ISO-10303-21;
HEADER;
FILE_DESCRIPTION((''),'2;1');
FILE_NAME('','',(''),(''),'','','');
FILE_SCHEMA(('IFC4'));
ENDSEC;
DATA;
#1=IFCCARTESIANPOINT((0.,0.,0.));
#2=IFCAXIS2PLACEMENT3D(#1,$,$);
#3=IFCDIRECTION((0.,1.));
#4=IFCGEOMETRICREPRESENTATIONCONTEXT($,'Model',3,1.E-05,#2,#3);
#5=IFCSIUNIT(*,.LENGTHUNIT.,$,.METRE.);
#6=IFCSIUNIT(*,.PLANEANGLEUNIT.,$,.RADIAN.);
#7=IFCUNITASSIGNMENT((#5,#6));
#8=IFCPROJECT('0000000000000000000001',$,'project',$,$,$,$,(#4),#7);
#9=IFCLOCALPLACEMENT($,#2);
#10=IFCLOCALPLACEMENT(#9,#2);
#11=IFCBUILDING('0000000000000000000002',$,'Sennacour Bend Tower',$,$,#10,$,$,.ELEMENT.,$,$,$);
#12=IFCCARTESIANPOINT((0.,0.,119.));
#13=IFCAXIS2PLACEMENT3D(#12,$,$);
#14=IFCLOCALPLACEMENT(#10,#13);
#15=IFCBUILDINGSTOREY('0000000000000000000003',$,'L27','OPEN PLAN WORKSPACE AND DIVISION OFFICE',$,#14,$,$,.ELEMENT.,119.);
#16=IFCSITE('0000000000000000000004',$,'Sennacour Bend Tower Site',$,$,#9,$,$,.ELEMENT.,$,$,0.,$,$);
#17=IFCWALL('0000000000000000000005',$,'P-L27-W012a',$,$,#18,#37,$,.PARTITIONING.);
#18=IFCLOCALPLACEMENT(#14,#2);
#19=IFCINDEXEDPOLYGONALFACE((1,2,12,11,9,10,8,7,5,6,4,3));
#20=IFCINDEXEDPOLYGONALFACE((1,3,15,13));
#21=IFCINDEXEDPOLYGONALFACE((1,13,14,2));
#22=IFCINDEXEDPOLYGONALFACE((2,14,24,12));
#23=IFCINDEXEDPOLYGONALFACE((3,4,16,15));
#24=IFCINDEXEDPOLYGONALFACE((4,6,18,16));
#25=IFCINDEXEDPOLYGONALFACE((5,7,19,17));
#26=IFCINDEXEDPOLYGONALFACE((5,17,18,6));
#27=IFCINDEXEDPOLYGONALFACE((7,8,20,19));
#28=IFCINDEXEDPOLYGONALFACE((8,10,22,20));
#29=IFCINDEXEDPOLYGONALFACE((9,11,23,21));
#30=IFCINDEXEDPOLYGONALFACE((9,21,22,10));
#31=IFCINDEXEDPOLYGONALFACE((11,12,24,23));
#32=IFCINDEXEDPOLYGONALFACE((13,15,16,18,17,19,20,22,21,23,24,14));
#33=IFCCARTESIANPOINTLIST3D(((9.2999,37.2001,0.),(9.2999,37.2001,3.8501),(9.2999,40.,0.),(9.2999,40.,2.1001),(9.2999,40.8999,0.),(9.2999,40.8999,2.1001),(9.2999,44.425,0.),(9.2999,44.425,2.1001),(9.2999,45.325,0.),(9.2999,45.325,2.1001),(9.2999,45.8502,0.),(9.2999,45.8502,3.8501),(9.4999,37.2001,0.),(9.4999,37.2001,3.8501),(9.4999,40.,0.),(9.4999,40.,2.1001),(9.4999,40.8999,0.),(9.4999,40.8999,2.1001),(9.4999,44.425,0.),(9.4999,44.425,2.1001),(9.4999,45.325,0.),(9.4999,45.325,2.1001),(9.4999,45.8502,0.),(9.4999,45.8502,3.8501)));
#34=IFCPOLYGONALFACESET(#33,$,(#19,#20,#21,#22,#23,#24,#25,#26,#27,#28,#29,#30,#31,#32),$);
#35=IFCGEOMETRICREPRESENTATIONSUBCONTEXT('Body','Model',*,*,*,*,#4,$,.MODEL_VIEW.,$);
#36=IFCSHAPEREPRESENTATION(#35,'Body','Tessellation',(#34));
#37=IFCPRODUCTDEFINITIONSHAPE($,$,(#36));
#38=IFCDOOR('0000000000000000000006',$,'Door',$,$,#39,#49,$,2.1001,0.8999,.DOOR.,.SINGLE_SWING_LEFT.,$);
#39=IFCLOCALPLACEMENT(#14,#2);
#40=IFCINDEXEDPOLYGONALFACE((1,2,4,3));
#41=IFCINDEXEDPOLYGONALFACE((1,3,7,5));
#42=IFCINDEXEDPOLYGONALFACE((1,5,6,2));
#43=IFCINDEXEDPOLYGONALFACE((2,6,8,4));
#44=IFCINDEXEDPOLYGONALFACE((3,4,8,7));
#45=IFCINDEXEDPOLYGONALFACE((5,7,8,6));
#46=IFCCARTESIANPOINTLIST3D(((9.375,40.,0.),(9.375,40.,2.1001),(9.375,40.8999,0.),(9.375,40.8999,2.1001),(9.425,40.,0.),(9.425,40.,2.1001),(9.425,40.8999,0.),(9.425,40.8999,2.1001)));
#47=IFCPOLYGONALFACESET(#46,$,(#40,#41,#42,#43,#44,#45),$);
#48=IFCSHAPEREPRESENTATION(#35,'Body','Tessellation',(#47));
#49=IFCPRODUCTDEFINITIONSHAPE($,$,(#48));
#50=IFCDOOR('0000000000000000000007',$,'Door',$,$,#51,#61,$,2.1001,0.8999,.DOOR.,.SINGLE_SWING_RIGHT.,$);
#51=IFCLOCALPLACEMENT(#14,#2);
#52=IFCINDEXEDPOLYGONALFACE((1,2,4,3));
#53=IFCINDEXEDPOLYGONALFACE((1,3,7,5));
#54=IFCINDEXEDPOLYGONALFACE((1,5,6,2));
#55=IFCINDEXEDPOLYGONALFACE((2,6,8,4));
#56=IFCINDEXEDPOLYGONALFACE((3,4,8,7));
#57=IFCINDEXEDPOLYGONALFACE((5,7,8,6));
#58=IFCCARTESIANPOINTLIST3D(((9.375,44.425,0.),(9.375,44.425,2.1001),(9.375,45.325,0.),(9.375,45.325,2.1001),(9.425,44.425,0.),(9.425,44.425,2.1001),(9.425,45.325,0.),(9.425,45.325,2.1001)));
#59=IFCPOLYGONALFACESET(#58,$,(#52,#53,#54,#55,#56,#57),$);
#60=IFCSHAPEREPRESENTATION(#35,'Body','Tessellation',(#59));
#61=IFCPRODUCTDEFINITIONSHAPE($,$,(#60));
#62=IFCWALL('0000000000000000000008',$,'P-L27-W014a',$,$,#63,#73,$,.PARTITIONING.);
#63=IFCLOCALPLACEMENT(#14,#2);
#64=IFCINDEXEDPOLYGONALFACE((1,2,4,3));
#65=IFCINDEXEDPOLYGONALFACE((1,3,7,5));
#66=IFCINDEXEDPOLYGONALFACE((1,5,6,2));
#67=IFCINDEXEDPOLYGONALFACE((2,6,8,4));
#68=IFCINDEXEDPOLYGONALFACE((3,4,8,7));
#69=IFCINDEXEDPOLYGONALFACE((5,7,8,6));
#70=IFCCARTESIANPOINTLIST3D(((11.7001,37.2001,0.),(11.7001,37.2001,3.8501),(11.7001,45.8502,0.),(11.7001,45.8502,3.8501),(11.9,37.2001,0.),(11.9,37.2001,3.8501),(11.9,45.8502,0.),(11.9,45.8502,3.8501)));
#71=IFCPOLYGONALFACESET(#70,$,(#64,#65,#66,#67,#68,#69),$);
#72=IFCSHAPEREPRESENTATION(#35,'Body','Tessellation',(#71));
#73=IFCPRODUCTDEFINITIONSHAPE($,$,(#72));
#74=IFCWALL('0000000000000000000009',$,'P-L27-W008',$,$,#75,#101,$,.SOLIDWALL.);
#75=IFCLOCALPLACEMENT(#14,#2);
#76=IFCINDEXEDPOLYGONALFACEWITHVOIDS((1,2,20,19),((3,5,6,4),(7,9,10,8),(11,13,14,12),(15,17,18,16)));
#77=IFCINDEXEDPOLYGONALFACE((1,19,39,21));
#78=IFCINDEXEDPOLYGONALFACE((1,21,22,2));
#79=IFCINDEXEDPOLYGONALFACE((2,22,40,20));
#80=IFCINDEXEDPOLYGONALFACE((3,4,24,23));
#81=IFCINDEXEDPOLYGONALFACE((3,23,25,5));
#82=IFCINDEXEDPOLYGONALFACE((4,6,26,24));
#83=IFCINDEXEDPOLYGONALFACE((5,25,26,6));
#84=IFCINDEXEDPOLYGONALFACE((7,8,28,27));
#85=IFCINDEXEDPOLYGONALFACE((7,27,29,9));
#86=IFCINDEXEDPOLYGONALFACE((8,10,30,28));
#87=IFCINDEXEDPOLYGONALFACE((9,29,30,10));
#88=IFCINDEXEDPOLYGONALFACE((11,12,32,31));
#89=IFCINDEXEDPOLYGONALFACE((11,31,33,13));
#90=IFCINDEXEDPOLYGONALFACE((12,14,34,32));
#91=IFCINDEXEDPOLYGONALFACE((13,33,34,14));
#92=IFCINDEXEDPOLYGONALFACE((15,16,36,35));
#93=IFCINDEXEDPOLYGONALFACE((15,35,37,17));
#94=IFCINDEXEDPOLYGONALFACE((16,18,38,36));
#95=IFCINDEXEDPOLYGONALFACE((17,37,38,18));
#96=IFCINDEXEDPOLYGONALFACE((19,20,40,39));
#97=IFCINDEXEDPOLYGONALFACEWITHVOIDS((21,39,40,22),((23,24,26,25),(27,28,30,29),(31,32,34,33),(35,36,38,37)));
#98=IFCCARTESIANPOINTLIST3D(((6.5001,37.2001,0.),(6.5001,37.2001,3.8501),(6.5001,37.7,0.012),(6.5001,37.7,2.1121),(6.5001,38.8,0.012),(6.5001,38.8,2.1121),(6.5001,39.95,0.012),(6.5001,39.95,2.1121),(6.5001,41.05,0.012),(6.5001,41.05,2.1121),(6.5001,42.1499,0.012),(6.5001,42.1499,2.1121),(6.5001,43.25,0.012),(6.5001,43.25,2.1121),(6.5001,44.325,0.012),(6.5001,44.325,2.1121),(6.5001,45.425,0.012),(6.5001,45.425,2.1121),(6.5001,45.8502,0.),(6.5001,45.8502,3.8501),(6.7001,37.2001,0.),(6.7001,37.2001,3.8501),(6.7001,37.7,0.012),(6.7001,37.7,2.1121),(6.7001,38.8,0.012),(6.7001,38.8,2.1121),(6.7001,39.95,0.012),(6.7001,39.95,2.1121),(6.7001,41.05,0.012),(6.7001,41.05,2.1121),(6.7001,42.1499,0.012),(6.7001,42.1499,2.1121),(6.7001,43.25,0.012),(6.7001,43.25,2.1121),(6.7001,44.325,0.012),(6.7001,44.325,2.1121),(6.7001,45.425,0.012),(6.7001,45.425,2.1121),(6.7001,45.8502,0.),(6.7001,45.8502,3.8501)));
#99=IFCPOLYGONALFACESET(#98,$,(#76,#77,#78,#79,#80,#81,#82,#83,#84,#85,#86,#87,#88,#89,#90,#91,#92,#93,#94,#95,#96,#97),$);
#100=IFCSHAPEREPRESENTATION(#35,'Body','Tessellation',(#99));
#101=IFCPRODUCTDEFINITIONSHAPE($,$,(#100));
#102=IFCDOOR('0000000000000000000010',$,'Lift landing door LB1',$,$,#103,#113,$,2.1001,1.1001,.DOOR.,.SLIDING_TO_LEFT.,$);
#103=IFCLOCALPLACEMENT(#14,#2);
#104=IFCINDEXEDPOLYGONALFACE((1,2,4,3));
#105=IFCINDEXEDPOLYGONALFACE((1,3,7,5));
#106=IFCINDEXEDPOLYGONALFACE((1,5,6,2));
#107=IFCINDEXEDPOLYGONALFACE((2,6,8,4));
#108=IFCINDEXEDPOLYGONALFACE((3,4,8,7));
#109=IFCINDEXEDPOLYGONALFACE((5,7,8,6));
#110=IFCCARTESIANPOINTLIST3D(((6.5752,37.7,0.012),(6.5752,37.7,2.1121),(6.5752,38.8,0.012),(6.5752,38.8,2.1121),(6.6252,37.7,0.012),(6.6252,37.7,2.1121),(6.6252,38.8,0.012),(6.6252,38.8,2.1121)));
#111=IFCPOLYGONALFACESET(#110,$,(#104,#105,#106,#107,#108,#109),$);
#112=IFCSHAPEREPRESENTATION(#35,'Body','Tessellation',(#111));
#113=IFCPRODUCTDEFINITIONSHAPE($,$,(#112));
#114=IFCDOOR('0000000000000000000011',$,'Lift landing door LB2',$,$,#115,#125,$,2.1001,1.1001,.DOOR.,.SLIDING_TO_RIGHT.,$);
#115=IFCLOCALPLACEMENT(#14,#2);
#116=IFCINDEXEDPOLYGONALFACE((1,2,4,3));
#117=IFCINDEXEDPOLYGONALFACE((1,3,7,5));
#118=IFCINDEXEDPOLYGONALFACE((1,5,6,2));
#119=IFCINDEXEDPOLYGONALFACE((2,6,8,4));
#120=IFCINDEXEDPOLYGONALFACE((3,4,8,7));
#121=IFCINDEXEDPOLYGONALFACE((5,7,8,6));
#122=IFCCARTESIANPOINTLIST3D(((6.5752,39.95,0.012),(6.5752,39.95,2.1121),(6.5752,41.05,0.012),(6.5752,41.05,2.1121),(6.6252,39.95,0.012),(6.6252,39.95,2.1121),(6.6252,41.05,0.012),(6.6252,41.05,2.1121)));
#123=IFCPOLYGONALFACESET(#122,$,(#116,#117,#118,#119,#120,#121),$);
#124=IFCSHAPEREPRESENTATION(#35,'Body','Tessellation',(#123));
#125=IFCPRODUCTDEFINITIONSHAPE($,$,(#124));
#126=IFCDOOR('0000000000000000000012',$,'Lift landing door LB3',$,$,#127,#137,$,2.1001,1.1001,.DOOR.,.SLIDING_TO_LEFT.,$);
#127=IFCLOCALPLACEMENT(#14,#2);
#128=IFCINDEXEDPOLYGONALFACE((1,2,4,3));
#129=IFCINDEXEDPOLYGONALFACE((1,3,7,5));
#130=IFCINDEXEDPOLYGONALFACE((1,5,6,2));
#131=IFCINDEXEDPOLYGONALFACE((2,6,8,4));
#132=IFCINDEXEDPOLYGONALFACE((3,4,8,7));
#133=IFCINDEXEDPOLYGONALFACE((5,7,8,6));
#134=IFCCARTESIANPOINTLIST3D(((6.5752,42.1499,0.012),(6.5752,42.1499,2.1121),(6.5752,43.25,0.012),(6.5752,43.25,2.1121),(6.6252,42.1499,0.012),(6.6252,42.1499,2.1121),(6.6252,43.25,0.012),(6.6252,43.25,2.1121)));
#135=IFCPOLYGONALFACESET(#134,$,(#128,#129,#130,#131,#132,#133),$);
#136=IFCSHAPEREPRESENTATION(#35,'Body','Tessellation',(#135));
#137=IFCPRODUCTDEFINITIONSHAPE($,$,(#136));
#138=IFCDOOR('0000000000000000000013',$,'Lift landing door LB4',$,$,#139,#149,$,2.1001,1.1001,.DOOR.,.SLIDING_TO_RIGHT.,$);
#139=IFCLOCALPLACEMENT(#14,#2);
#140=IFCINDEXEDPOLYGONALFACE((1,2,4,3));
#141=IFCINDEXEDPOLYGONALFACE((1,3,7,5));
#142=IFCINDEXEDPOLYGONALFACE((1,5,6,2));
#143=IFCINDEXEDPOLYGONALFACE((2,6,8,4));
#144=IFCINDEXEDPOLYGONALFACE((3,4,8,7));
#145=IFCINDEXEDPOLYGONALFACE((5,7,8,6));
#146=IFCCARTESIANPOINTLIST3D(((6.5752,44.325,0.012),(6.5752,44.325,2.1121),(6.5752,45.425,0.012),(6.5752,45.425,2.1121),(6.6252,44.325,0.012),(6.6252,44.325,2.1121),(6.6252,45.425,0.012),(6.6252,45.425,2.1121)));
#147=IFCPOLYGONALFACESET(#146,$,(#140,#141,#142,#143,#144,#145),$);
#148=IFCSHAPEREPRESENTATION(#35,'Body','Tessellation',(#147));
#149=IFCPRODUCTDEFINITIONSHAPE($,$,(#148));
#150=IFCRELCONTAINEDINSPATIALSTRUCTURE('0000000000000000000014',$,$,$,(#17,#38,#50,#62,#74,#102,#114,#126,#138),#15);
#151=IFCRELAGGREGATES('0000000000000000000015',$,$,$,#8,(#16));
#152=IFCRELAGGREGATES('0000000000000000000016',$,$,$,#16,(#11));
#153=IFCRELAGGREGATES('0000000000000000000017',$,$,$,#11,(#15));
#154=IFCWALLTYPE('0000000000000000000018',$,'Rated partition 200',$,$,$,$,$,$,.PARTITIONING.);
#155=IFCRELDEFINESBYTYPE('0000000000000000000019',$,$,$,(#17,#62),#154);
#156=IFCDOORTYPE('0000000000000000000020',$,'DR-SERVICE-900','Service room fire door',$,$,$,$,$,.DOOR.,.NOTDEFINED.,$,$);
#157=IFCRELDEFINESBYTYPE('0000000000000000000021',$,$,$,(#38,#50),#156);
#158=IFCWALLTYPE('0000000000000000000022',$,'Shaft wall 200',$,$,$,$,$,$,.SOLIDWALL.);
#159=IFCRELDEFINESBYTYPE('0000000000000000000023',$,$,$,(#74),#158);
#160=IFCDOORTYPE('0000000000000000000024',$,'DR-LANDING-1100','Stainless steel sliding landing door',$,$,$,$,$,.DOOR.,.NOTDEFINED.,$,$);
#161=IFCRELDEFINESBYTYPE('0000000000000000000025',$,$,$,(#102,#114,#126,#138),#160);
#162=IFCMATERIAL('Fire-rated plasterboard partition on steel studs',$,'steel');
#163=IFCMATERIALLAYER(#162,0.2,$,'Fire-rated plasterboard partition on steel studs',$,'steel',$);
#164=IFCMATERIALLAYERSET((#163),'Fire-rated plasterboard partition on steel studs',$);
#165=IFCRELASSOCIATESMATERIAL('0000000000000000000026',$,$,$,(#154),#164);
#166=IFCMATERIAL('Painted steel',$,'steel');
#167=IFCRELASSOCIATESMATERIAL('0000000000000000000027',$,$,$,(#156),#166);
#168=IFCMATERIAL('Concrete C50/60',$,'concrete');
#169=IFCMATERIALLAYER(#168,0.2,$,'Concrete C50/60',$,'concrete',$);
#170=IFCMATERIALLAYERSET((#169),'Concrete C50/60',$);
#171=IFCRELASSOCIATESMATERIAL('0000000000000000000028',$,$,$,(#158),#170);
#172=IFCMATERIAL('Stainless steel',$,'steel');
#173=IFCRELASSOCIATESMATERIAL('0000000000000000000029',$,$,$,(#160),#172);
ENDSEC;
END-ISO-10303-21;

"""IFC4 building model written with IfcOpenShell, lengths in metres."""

from ifc_helpers import new_model, si_unit, direction, frame, frame_2d, origin, place, context, subcontext, project, spatial, rectangle, extrude, material, layer, layer_set, type_object, element, fill, save


model = new_model("IFC4")

# Units and contexts
model_context = context("Model", 3, precision=1e-05, world=origin(), true_north=direction((0.0, 1.0)))
body_context = subcontext(model_context, "Body", "Model", "MODEL_VIEW")
ifc_project = project(units=[si_unit("LENGTHUNIT", "METRE"), si_unit("PLANEANGLEUNIT", "RADIAN")], contexts=[model_context])

# Site, building, storey
site_placement = place(None, origin())
site = spatial("IfcSite", under=ifc_project, at=site_placement, Name="Sennacour Bend Tower Site", CompositionType="ELEMENT", RefElevation=0.0)
building_placement = place(site_placement, origin())
building = spatial("IfcBuilding", under=site, at=building_placement, Name="Sennacour Bend Tower", CompositionType="ELEMENT")
storey_placement = place(building_placement, frame((0.0, 0.0, 119.0)))
storey = spatial("IfcBuildingStorey", under=building, at=storey_placement, Name="L27", Description="OPEN PLAN WORKSPACE AND DIVISION OFFICE", CompositionType="ELEMENT", Elevation=119.0)

# Shared definitions
ifc_material_1 = material(Name="Painted steel", Category="steel")

# Wall, openings, doors
ifc_material_2 = material(Name="Fire-rated plasterboard partition on steel studs", Category="steel")
ifc_layer_1 = layer(ifc_material_2, 0.2, Name="Fire-rated plasterboard partition on steel studs", Category="steel")
ifc_layer_set_1 = layer_set([ifc_layer_1], Name="Fire-rated plasterboard partition on steel studs")
wall_type_1 = type_object("IfcWallType", Name="Rated partition 200", PredefinedType="PARTITIONING", material=ifc_layer_set_1)
wall_1_placement = place(storey_placement, frame((9.3999, 37.2, 0.0), z_axis=(0.0, 0.0, 1.0), x_axis=(0.0, 1.0, 0.0)))
wall_1 = element("IfcWall", 1, at=wall_1_placement, inside=storey, type_object=wall_type_1, Name="P-L27-W012a", PredefinedType="PARTITIONING", context=body_context, shape_type="SweptSolid", body=[
    extrude(rectangle(XDim=8.6501, YDim=0.2, at=frame_2d((4.3252, 0.0))), origin(), (0.0, 0.0, 1.0), 3.8501),
])
opening_1_placement = place(wall_1_placement, frame((2.8, 0.0, 0.0)))
opening_1 = element("IfcOpeningElement", 2, at=opening_1_placement, cuts=wall_1, PredefinedType="OPENING", context=body_context, shape_type="SweptSolid", body=[
    extrude(rectangle(XDim=0.8999, YDim=2.1001, at=frame_2d((0.45, 1.05))), frame((0.0, 0.1099, 0.0), z_axis=(0.0, -1.0, 0.0), x_axis=(1.0, 0.0, 0.0)), (0.0, 0.0, 1.0), 0.22),
])
opening_2_placement = place(wall_1_placement, frame((7.2251, 0.0, 0.0)))
opening_2 = element("IfcOpeningElement", 3, at=opening_2_placement, cuts=wall_1, PredefinedType="OPENING", context=body_context, shape_type="SweptSolid", body=[
    extrude(rectangle(XDim=0.8999, YDim=2.1001, at=frame_2d((0.45, 1.05))), frame((0.0, 0.1099, 0.0), z_axis=(0.0, -1.0, 0.0), x_axis=(1.0, 0.0, 0.0)), (0.0, 0.0, 1.0), 0.22),
])
door_type_1 = type_object("IfcDoorType", Name="DR-SERVICE-900", Description="Service room fire door", OperationType="NOTDEFINED", PredefinedType="DOOR", material=ifc_material_1)
door_1_placement = place(opening_1_placement, origin())
door_1 = element("IfcDoor", 4, at=door_1_placement, inside=storey, type_object=door_type_1, Name="Door", OperationType="SINGLE_SWING_LEFT", OverallHeight=2.1001, OverallWidth=0.8999, PredefinedType="DOOR", context=body_context, shape_type="SweptSolid", body=[
    extrude(rectangle(XDim=0.8999, YDim=2.1001, at=frame_2d((0.45, 1.05))), frame((0.0, 0.0249, 0.0), z_axis=(0.0, -1.0, 0.0), x_axis=(1.0, 0.0, 0.0)), (0.0, 0.0, 1.0), 0.05),
])
fill(opening_1, door_1)
door_2_placement = place(opening_2_placement, origin())
door_2 = element("IfcDoor", 5, at=door_2_placement, inside=storey, type_object=door_type_1, Name="Door", OperationType="SINGLE_SWING_RIGHT", OverallHeight=2.1001, OverallWidth=0.8999, PredefinedType="DOOR", context=body_context, shape_type="SweptSolid", body=[
    extrude(rectangle(XDim=0.8999, YDim=2.1001, at=frame_2d((0.45, 1.05))), frame((0.0, 0.0249, 0.0), z_axis=(0.0, -1.0, 0.0), x_axis=(1.0, 0.0, 0.0)), (0.0, 0.0, 1.0), 0.05),
])
fill(opening_2, door_2)

# Wall
wall_2_placement = place(storey_placement, frame((11.8, 37.2, 0.0), z_axis=(0.0, 0.0, 1.0), x_axis=(0.0, 1.0, 0.0)))
element("IfcWall", 6, at=wall_2_placement, inside=storey, type_object=wall_type_1, Name="P-L27-W014a", PredefinedType="PARTITIONING", context=body_context, shape_type="SweptSolid", body=[
    extrude(rectangle(XDim=8.6501, YDim=0.2, at=frame_2d((4.3252, 0.0))), origin(), (0.0, 0.0, 1.0), 3.8501),
])

# Wall, openings, doors
ifc_material_3 = material(Name="Concrete C50/60", Category="concrete")
ifc_layer_2 = layer(ifc_material_3, 0.2, Name="Concrete C50/60", Category="concrete")
ifc_layer_set_2 = layer_set([ifc_layer_2], Name="Concrete C50/60")
wall_type_2 = type_object("IfcWallType", Name="Shaft wall 200", PredefinedType="SOLIDWALL", material=ifc_layer_set_2)
wall_3_placement = place(storey_placement, frame((6.6001, 37.2, 0.0), z_axis=(0.0, 0.0, 1.0), x_axis=(0.0, 1.0, 0.0)))
wall_3 = element("IfcWall", 7, at=wall_3_placement, inside=storey, type_object=wall_type_2, Name="P-L27-W008", PredefinedType="SOLIDWALL", context=body_context, shape_type="SweptSolid", body=[
    extrude(rectangle(XDim=8.6501, YDim=0.2, at=frame_2d((4.3252, 0.0))), origin(), (0.0, 0.0, 1.0), 3.8501),
])
opening_3_placement = place(wall_3_placement, frame((0.5, 0.0, 0.012)))
opening_3 = element("IfcOpeningElement", 8, at=opening_3_placement, cuts=wall_3, PredefinedType="OPENING", context=body_context, shape_type="SweptSolid", body=[
    extrude(rectangle(XDim=1.1001, YDim=2.1001, at=frame_2d((0.55, 1.05))), frame((0.0, 0.1099, 0.0), z_axis=(0.0, -1.0, 0.0), x_axis=(1.0, 0.0, 0.0)), (0.0, 0.0, 1.0), 0.22),
])
opening_4_placement = place(wall_3_placement, frame((2.75, 0.0, 0.012)))
opening_4 = element("IfcOpeningElement", 9, at=opening_4_placement, cuts=wall_3, PredefinedType="OPENING", context=body_context, shape_type="SweptSolid", body=[
    extrude(rectangle(XDim=1.1001, YDim=2.1001, at=frame_2d((0.55, 1.05))), frame((0.0, 0.1099, 0.0), z_axis=(0.0, -1.0, 0.0), x_axis=(1.0, 0.0, 0.0)), (0.0, 0.0, 1.0), 0.22),
])
opening_5_placement = place(wall_3_placement, frame((4.95, 0.0, 0.012)))
opening_5 = element("IfcOpeningElement", 10, at=opening_5_placement, cuts=wall_3, PredefinedType="OPENING", context=body_context, shape_type="SweptSolid", body=[
    extrude(rectangle(XDim=1.1001, YDim=2.1001, at=frame_2d((0.55, 1.05))), frame((0.0, 0.1099, 0.0), z_axis=(0.0, -1.0, 0.0), x_axis=(1.0, 0.0, 0.0)), (0.0, 0.0, 1.0), 0.22),
])
opening_6_placement = place(wall_3_placement, frame((7.125, 0.0, 0.012)))
opening_6 = element("IfcOpeningElement", 11, at=opening_6_placement, cuts=wall_3, PredefinedType="OPENING", context=body_context, shape_type="SweptSolid", body=[
    extrude(rectangle(XDim=1.1001, YDim=2.1001, at=frame_2d((0.55, 1.05))), frame((0.0, 0.1099, 0.0), z_axis=(0.0, -1.0, 0.0), x_axis=(1.0, 0.0, 0.0)), (0.0, 0.0, 1.0), 0.22),
])
ifc_material_4 = material(Name="Stainless steel", Category="steel")
door_type_2 = type_object("IfcDoorType", Name="DR-LANDING-1100", Description="Stainless steel sliding landing door", OperationType="NOTDEFINED", PredefinedType="DOOR", material=ifc_material_4)
door_3_placement = place(opening_3_placement, origin())
door_3 = element("IfcDoor", 12, at=door_3_placement, inside=storey, type_object=door_type_2, Name="Lift landing door LB1", OperationType="SLIDING_TO_LEFT", OverallHeight=2.1001, OverallWidth=1.1001, PredefinedType="DOOR", context=body_context, shape_type="SweptSolid", body=[
    extrude(rectangle(XDim=1.1001, YDim=2.1001, at=frame_2d((0.55, 1.05))), frame((0.0, 0.0249, 0.0), z_axis=(0.0, -1.0, 0.0), x_axis=(1.0, 0.0, 0.0)), (0.0, 0.0, 1.0), 0.05),
])
fill(opening_3, door_3)
door_4_placement = place(opening_4_placement, origin())
door_4 = element("IfcDoor", 13, at=door_4_placement, inside=storey, type_object=door_type_2, Name="Lift landing door LB2", OperationType="SLIDING_TO_RIGHT", OverallHeight=2.1001, OverallWidth=1.1001, PredefinedType="DOOR", context=body_context, shape_type="SweptSolid", body=[
    extrude(rectangle(XDim=1.1001, YDim=2.1001, at=frame_2d((0.55, 1.05))), frame((0.0, 0.0249, 0.0), z_axis=(0.0, -1.0, 0.0), x_axis=(1.0, 0.0, 0.0)), (0.0, 0.0, 1.0), 0.05),
])
fill(opening_4, door_4)
door_5_placement = place(opening_5_placement, origin())
door_5 = element("IfcDoor", 14, at=door_5_placement, inside=storey, type_object=door_type_2, Name="Lift landing door LB3", OperationType="SLIDING_TO_LEFT", OverallHeight=2.1001, OverallWidth=1.1001, PredefinedType="DOOR", context=body_context, shape_type="SweptSolid", body=[
    extrude(rectangle(XDim=1.1001, YDim=2.1001, at=frame_2d((0.55, 1.05))), frame((0.0, 0.0249, 0.0), z_axis=(0.0, -1.0, 0.0), x_axis=(1.0, 0.0, 0.0)), (0.0, 0.0, 1.0), 0.05),
])
fill(opening_5, door_5)
door_6_placement = place(opening_6_placement, origin())
door_6 = element("IfcDoor", 15, at=door_6_placement, inside=storey, type_object=door_type_2, Name="Lift landing door LB4", OperationType="SLIDING_TO_RIGHT", OverallHeight=2.1001, OverallWidth=1.1001, PredefinedType="DOOR", context=body_context, shape_type="SweptSolid", body=[
    extrude(rectangle(XDim=1.1001, YDim=2.1001, at=frame_2d((0.55, 1.05))), frame((0.0, 0.0249, 0.0), z_axis=(0.0, -1.0, 0.0), x_axis=(1.0, 0.0, 0.0)), (0.0, 0.0, 1.0), 0.05),
])
fill(opening_6, door_6)

save(model, "model.ifc")
